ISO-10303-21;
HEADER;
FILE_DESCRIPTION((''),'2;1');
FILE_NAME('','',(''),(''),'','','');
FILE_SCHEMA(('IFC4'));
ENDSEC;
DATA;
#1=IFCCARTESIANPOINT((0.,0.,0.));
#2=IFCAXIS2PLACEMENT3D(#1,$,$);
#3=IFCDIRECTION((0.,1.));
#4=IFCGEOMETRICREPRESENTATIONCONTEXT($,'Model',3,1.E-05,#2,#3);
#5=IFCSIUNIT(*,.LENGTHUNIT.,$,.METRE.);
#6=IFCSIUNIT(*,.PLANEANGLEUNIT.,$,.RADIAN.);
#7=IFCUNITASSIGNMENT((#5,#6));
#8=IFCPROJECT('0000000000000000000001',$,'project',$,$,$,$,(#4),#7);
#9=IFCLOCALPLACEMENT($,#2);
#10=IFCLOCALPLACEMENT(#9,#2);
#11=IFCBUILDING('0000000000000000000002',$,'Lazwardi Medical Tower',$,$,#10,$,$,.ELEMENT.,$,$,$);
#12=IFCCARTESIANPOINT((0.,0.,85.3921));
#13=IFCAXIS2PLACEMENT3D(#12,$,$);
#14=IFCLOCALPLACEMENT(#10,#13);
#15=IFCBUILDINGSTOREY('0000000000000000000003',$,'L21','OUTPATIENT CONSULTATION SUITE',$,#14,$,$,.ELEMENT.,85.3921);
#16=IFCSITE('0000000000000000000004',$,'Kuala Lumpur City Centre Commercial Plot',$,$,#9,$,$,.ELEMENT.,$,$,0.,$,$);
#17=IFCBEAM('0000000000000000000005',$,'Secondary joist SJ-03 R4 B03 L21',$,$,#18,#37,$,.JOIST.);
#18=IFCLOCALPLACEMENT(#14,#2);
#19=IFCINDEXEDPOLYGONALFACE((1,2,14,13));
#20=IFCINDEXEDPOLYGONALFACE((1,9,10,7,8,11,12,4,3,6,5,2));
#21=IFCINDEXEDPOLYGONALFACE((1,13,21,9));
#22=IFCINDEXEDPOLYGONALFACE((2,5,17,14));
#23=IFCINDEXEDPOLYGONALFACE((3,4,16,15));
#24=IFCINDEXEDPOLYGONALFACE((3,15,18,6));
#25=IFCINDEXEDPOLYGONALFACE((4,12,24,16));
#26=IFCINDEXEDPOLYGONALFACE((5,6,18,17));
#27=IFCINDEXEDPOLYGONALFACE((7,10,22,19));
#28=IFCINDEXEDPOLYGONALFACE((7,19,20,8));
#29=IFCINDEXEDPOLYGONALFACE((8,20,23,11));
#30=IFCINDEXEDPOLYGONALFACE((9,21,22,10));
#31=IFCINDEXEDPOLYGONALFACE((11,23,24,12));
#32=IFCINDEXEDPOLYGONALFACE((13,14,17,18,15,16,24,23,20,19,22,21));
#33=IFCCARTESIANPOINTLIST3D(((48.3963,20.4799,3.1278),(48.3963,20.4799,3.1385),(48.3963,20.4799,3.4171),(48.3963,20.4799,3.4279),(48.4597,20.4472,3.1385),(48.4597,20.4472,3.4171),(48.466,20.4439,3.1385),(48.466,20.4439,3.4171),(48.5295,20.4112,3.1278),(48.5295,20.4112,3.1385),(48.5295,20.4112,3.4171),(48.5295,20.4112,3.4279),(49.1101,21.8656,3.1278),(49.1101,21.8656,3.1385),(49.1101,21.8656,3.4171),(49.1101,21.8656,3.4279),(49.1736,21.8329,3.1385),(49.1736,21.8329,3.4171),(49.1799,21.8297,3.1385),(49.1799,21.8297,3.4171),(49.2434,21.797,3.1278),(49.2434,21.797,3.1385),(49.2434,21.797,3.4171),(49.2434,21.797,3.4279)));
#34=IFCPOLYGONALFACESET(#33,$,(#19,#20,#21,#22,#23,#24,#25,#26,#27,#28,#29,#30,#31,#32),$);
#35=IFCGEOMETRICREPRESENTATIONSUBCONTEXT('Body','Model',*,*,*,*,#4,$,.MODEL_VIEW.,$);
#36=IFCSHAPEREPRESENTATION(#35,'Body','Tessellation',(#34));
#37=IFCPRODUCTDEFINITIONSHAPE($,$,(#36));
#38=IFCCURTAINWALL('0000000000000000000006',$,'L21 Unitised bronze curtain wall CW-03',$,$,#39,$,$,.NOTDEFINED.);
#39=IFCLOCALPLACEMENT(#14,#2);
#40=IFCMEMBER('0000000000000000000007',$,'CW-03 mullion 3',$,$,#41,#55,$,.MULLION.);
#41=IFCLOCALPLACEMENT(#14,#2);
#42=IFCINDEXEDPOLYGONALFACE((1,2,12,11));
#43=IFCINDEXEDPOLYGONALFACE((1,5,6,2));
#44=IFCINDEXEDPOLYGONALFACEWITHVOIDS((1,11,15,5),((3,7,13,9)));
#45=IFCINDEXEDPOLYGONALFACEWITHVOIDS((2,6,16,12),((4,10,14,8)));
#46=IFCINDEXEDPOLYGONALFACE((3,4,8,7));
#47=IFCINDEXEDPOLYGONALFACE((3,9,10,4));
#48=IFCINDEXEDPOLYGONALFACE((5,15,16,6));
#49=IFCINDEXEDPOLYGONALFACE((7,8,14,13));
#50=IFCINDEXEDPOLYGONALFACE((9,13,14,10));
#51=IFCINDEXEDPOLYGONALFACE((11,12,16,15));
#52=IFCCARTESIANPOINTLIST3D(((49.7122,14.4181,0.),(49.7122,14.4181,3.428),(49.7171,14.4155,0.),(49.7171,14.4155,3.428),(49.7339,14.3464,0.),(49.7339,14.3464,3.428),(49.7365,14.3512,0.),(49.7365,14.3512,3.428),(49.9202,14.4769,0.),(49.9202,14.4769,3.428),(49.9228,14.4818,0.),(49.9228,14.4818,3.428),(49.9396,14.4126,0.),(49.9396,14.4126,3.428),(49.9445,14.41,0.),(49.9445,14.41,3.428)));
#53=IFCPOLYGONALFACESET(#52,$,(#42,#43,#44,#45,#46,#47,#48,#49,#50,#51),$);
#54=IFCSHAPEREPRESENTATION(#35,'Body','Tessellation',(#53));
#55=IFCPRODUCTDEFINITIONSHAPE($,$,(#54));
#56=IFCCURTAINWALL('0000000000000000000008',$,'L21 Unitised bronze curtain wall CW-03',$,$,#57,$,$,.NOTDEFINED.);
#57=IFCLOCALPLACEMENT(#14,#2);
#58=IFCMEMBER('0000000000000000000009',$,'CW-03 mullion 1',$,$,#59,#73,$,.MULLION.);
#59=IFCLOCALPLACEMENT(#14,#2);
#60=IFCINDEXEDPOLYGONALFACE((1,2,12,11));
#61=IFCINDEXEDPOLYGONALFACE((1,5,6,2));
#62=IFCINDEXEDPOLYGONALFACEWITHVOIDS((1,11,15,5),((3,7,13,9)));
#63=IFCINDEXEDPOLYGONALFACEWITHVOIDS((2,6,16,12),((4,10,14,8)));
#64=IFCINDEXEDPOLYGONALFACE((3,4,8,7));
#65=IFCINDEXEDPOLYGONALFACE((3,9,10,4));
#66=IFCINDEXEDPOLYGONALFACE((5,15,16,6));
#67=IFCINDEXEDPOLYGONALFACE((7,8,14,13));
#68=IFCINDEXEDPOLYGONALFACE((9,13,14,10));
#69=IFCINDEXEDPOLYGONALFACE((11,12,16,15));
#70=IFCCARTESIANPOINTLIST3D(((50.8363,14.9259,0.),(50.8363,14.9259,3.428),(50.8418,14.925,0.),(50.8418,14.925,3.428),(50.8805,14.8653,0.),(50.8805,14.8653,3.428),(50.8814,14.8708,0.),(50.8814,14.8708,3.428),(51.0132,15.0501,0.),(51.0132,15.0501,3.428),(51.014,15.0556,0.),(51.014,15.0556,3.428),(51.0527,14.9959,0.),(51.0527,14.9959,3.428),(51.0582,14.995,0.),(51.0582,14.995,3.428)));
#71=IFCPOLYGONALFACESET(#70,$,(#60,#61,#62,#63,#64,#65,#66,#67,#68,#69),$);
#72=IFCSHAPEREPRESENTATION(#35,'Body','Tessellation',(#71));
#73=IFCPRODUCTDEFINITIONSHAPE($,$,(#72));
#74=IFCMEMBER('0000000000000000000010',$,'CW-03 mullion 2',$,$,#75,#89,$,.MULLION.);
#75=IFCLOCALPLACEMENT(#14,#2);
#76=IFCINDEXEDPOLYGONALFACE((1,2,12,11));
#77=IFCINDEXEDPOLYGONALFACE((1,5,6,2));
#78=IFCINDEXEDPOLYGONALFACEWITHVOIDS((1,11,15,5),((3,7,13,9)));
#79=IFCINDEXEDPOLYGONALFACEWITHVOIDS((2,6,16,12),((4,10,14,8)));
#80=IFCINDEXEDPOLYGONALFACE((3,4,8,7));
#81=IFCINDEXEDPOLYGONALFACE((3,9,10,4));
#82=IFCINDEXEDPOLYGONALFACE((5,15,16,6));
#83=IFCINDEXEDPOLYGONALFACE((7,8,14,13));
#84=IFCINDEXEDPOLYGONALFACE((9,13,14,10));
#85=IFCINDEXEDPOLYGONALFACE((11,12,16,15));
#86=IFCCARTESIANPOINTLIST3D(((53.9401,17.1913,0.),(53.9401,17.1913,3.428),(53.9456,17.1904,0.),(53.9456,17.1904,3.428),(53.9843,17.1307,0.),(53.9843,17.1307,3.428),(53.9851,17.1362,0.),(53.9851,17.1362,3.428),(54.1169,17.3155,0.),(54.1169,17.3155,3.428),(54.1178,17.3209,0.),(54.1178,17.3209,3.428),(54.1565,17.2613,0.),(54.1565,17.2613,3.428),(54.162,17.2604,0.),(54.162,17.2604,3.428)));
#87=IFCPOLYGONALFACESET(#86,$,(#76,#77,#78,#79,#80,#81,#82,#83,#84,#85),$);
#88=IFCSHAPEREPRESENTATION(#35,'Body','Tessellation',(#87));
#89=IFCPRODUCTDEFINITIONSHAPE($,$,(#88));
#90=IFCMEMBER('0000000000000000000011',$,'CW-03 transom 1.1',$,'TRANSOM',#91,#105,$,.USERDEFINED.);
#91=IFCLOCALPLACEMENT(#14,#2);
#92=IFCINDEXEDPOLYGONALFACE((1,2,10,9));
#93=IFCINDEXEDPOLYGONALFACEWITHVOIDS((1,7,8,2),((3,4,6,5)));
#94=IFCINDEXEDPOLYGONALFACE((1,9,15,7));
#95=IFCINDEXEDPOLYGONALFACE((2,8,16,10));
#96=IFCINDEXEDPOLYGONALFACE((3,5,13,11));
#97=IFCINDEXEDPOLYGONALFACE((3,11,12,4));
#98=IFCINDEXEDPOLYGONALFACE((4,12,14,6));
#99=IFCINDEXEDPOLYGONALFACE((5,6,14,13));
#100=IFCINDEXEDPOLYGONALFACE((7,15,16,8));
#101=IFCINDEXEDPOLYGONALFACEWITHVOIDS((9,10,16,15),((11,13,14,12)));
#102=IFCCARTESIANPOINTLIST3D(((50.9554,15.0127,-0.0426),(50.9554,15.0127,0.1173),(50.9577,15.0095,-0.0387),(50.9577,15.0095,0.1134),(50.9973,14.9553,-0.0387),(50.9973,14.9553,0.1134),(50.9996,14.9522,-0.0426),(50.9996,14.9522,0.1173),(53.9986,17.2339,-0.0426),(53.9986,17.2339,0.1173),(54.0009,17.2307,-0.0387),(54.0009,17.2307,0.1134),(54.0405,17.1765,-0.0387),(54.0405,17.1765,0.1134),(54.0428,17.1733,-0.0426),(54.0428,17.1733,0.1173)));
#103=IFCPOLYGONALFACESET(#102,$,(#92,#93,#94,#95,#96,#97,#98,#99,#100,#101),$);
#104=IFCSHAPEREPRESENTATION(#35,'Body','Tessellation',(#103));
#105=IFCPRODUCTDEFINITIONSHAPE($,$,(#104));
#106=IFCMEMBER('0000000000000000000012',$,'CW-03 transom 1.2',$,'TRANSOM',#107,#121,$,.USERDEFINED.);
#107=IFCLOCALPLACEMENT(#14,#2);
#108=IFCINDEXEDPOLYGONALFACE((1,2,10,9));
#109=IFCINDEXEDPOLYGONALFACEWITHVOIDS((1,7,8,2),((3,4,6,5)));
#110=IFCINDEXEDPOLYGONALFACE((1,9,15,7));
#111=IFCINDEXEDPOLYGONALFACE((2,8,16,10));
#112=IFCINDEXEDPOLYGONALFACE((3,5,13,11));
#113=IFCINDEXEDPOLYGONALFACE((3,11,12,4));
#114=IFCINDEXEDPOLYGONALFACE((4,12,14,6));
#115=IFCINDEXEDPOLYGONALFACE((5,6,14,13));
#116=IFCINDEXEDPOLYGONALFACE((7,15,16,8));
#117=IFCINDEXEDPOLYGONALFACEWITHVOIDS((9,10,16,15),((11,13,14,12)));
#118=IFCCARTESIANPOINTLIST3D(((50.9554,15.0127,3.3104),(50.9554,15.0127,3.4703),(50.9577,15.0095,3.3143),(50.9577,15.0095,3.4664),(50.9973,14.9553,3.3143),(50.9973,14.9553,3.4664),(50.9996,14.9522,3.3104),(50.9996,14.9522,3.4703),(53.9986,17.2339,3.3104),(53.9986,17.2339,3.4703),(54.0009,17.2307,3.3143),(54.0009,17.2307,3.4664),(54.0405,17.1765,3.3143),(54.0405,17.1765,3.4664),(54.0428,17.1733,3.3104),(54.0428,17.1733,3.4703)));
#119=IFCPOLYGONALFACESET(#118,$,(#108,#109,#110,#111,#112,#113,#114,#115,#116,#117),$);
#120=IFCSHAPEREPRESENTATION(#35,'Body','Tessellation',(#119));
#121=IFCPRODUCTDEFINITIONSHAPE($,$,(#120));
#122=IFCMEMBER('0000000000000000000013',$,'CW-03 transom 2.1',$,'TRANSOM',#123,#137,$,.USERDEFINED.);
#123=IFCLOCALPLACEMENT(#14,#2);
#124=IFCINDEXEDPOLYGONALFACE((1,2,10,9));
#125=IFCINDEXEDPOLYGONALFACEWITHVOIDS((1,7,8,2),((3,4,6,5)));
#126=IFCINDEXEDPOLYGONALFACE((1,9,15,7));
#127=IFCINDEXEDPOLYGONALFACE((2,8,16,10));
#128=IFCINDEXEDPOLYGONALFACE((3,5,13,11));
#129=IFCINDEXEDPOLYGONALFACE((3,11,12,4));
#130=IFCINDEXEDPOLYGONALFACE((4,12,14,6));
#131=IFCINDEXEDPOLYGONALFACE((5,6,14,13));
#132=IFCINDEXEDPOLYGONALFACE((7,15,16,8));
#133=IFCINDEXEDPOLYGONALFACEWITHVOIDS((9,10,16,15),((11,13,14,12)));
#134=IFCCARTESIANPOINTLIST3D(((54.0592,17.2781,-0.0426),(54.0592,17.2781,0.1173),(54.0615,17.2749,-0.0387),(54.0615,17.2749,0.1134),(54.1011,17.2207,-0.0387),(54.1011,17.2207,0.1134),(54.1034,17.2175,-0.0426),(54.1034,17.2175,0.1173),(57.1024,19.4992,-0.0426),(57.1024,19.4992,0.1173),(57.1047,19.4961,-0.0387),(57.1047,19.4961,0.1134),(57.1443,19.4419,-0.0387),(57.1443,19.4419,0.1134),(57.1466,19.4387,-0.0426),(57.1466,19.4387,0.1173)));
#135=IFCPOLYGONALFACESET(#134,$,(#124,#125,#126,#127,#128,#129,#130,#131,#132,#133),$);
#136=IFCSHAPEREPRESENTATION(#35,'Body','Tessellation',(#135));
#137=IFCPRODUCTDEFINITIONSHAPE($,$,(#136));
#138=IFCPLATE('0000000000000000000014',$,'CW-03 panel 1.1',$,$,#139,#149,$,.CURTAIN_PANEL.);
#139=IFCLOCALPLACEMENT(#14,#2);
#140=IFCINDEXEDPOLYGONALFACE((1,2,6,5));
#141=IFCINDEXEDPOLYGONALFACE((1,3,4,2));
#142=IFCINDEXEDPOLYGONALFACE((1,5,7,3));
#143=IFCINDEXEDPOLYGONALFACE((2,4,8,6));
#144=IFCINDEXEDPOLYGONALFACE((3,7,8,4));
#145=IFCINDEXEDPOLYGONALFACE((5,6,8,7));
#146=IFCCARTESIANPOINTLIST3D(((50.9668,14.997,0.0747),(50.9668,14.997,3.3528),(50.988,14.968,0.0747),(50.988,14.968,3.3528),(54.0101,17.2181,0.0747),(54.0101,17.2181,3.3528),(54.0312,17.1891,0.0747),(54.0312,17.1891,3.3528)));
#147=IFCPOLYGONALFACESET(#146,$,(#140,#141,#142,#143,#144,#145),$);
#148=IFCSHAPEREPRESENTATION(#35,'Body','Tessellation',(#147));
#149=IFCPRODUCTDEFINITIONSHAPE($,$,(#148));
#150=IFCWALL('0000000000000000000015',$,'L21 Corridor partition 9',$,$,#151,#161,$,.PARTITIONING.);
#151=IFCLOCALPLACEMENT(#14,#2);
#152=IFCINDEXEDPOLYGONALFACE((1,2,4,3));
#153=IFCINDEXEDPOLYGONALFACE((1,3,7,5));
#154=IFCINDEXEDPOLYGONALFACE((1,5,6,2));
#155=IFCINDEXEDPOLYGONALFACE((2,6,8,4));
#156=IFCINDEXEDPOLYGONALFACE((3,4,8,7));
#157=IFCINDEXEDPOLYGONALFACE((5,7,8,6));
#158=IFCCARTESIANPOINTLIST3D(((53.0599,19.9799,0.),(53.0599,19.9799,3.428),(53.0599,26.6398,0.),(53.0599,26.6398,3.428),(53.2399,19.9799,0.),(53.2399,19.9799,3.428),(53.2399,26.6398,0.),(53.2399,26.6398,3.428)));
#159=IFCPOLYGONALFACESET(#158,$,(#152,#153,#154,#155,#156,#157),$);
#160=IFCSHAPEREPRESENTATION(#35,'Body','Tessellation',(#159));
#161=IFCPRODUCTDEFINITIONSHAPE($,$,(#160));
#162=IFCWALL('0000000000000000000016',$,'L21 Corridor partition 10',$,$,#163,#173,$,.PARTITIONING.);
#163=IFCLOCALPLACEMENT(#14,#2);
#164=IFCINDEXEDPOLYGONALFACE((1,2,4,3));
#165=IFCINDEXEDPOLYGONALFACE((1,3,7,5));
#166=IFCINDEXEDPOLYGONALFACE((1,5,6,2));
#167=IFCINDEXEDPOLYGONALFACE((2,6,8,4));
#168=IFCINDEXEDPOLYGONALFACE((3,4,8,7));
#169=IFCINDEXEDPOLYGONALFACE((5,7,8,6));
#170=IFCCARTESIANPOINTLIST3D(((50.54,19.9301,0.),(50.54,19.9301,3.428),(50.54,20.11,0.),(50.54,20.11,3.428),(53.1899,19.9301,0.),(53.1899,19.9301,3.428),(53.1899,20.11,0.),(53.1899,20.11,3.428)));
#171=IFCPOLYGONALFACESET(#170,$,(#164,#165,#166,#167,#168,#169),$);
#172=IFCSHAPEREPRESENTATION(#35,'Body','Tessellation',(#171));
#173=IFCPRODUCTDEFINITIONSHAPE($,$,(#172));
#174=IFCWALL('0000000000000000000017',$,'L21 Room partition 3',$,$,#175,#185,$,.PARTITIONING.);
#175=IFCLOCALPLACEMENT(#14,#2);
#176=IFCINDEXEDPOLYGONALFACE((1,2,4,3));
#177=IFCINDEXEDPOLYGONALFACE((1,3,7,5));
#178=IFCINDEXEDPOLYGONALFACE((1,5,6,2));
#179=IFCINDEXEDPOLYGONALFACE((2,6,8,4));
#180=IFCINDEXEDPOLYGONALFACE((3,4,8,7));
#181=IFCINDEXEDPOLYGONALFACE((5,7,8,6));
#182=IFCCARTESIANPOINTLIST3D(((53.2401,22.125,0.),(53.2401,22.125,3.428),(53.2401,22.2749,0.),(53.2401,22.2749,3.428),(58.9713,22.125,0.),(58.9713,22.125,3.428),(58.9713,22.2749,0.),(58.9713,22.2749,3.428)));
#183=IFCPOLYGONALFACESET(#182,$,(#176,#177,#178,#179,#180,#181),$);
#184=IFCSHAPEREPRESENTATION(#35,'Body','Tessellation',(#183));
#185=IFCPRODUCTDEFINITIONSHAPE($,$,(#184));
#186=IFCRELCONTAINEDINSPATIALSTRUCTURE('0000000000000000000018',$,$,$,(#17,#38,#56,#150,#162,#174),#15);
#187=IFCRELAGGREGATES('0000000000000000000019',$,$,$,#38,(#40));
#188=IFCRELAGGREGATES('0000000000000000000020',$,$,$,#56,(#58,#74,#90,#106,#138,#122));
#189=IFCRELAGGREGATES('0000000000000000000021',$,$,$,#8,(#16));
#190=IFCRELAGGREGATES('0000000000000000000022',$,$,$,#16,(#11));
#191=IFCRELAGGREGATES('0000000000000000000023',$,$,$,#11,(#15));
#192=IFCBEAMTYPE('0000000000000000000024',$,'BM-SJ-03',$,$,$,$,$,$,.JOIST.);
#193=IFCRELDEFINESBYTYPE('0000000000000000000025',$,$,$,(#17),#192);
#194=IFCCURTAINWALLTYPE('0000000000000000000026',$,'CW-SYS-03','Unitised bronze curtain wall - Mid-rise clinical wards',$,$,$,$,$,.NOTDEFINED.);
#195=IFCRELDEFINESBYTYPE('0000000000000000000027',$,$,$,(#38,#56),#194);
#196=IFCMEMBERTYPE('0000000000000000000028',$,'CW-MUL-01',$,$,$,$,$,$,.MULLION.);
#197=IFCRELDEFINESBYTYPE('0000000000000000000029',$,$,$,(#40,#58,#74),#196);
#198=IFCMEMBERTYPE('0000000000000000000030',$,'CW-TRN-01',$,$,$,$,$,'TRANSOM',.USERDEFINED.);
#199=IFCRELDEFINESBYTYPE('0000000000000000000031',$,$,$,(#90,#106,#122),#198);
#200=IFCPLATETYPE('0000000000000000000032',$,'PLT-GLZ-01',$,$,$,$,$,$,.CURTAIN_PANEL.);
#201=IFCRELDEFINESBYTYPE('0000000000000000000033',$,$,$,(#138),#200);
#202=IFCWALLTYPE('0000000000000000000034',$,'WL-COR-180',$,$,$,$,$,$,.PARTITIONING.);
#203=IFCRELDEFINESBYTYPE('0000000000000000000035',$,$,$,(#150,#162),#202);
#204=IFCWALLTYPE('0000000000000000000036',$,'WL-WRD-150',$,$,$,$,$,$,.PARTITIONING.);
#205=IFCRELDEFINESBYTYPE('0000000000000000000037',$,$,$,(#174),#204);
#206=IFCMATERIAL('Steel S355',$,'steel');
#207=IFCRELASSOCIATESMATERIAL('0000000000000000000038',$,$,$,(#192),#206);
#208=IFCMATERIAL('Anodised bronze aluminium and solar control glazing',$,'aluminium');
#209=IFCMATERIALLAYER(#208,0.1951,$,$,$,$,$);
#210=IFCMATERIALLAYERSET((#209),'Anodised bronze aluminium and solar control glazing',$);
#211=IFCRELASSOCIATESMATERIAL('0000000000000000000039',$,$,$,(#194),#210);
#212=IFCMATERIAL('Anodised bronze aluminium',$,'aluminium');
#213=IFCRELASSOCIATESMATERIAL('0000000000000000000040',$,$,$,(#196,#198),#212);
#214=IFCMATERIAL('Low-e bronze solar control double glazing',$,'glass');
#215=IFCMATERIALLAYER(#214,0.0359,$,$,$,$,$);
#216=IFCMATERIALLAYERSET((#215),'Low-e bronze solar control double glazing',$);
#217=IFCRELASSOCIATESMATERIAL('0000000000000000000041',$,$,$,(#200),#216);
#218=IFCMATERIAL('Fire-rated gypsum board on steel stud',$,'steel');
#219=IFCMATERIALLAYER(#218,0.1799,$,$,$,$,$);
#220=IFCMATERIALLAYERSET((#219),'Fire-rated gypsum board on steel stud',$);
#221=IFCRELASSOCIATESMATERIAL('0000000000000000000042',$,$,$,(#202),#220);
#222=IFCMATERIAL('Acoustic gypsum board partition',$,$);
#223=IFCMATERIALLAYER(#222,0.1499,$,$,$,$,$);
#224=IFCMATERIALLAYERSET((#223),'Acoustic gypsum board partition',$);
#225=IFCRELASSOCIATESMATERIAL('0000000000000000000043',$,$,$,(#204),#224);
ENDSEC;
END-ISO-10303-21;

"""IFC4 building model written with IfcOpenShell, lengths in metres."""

from ifc_helpers import new_model, si_unit, direction, frame, frame_2d, origin, origin_2d, place, context, subcontext, project, spatial, rectangle, hollow_rectangle, i_section, extrude, material, layer, layer_set, material_profile, profile_set, type_object, element, aggregate, save


model = new_model("IFC4")

# Units and contexts
model_context = context("Model", 3, precision=1e-05, world=origin(), true_north=direction((0.0, 1.0)))
body_context = subcontext(model_context, "Body", "Model", "MODEL_VIEW")
ifc_project = project(units=[si_unit("LENGTHUNIT", "METRE"), si_unit("PLANEANGLEUNIT", "RADIAN")], contexts=[model_context])

# Site, building, storey
site_placement = place(None, origin())
site = spatial("IfcSite", under=ifc_project, at=site_placement, Name="Kuala Lumpur City Centre Commercial Plot", CompositionType="ELEMENT", RefElevation=0.0)
building_placement = place(site_placement, origin())
building = spatial("IfcBuilding", under=site, at=building_placement, Name="Lazwardi Medical Tower", CompositionType="ELEMENT")
storey_placement = place(building_placement, frame((0.0, 0.0, 85.3921)))
storey = spatial("IfcBuildingStorey", under=building, at=storey_placement, Name="L21", Description="OUTPATIENT CONSULTATION SUITE", CompositionType="ELEMENT", Elevation=85.3921)

# Beam
ifc_material_1 = material(Name="Steel S355", Category="steel")
ifc_material_profile_1 = material_profile(ifc_material_1, i_section(OverallWidth=0.1499, OverallDepth=0.3, WebThickness=0.0071, FlangeThickness=0.0107, at=origin_2d()), Name="IPE 300")
ifc_profile_set_1 = profile_set([ifc_material_profile_1], Name="Steel S355")
beam_type_1 = type_object("IfcBeamType", Name="BM-SJ-03", PredefinedType="JOIST", material=ifc_profile_set_1)
beam_1_placement = place(storey_placement, frame((48.4629, 20.4456, 3.2778), z_axis=(0.457957, 0.888975, 0.0), x_axis=(-0.888975, 0.457957, 0.0)))
element("IfcBeam", 1, at=beam_1_placement, inside=storey, type_object=beam_type_1, Name="Secondary joist SJ-03 R4 B03 L21", PredefinedType="JOIST", context=body_context, shape_type="SweptSolid", body=[
    extrude(i_section(OverallWidth=0.1499, OverallDepth=0.3, WebThickness=0.0071, FlangeThickness=0.0107, at=origin_2d()), origin(), (0.0, 0.0, 1.0), 1.5588),
])

# Curtain wall, member
ifc_material_2 = material(Name="Anodised bronze aluminium and solar control glazing", Category="aluminium")
ifc_layer_1 = layer(ifc_material_2, 0.1951)
ifc_layer_set_1 = layer_set([ifc_layer_1], Name="Anodised bronze aluminium and solar control glazing")
curtain_wall_type = type_object("IfcCurtainWallType", Name="CW-SYS-03", Description="Unitised bronze curtain wall - Mid-rise clinical wards", PredefinedType="NOTDEFINED", material=ifc_layer_set_1)
curtain_wall_1_placement = place(storey_placement, origin())
curtain_wall_1 = element("IfcCurtainWall", 2, at=curtain_wall_1_placement, inside=storey, type_object=curtain_wall_type, Name="L21 Unitised bronze curtain wall CW-03", PredefinedType="NOTDEFINED")
ifc_material_3 = material(Name="Anodised bronze aluminium", Category="aluminium")
ifc_material_profile_2 = material_profile(ifc_material_3, hollow_rectangle(XDim=0.075, YDim=0.22, WallThickness=0.0039, at=origin_2d()), Name="ALU-MULLION 220x75x4")
ifc_profile_set_2 = profile_set([ifc_material_profile_2], Name="Anodised bronze aluminium")
member_type_1 = type_object("IfcMemberType", Name="CW-MUL-01", PredefinedType="MULLION", material=ifc_profile_set_2)
member_1_placement = place(storey_placement, frame((49.8284, 14.4141, 0.0), z_axis=(0.0, 0.0, 1.0), x_axis=(-0.289374, 0.957216, 0.0)))
member_1 = element("IfcMember", 3, at=member_1_placement, type_object=member_type_1, Name="CW-03 mullion 3", PredefinedType="MULLION", context=body_context, shape_type="SweptSolid", body=[
    extrude(hollow_rectangle(XDim=0.075, YDim=0.22, WallThickness=0.0039, at=origin_2d()), origin(), (0.0, 0.0, 1.0), 3.428),
])
aggregate(curtain_wall_1, [member_1])

# Curtain wall, members, plate
curtain_wall_2_placement = place(storey_placement, origin())
curtain_wall_2 = element("IfcCurtainWall", 4, at=curtain_wall_2_placement, inside=storey, type_object=curtain_wall_type, Name="L21 Unitised bronze curtain wall CW-03", PredefinedType="NOTDEFINED")
member_2_placement = place(storey_placement, frame((50.9473, 14.9604, 0.0), z_axis=(0.0, 0.0, 1.0), x_axis=(-0.589531, 0.807746, 0.0)))
member_2 = element("IfcMember", 5, at=member_2_placement, type_object=member_type_1, Name="CW-03 mullion 1", PredefinedType="MULLION", context=body_context, shape_type="SweptSolid", body=[
    extrude(hollow_rectangle(XDim=0.075, YDim=0.22, WallThickness=0.0039, at=origin_2d()), origin(), (0.0, 0.0, 1.0), 3.428),
])
member_3_placement = place(storey_placement, frame((54.051, 17.2258, 0.0), z_axis=(0.0, 0.0, 1.0), x_axis=(-0.589531, 0.807746, 0.0)))
member_3 = element("IfcMember", 6, at=member_3_placement, type_object=member_type_1, Name="CW-03 mullion 2", PredefinedType="MULLION", context=body_context, shape_type="SweptSolid", body=[
    extrude(hollow_rectangle(XDim=0.075, YDim=0.22, WallThickness=0.0039, at=origin_2d()), origin(), (0.0, 0.0, 1.0), 3.428),
])
ifc_material_profile_3 = material_profile(ifc_material_3, hollow_rectangle(XDim=0.075, YDim=0.1599, WallThickness=0.0039, at=origin_2d()), Name="ALU-TRANSOM 160x75x4")
ifc_profile_set_3 = profile_set([ifc_material_profile_3], Name="Anodised bronze aluminium")
member_type_2 = type_object("IfcMemberType", Name="CW-TRN-01", ElementType="TRANSOM", PredefinedType="USERDEFINED", material=ifc_profile_set_3)
member_4_placement = place(storey_placement, frame((50.9775, 14.9824, 0.0374), z_axis=(0.807732, 0.58955, 0.0), x_axis=(-0.58955, 0.807732, 0.0)))
member_4 = element("IfcMember", 7, at=member_4_placement, type_object=member_type_2, Name="CW-03 transom 1.1", ObjectType="TRANSOM", PredefinedType="USERDEFINED", context=body_context, shape_type="SweptSolid", body=[
    extrude(hollow_rectangle(XDim=0.075, YDim=0.1599, WallThickness=0.0039, at=origin_2d()), origin(), (0.0, 0.0, 1.0), 3.7676),
])
member_5_placement = place(storey_placement, frame((50.9775, 14.9824, 3.3904), z_axis=(0.807732, 0.58955, 0.0), x_axis=(-0.58955, 0.807732, 0.0)))
member_5 = element("IfcMember", 8, at=member_5_placement, type_object=member_type_2, Name="CW-03 transom 1.2", ObjectType="TRANSOM", PredefinedType="USERDEFINED", context=body_context, shape_type="SweptSolid", body=[
    extrude(hollow_rectangle(XDim=0.075, YDim=0.1599, WallThickness=0.0039, at=origin_2d()), origin(), (0.0, 0.0, 1.0), 3.7676),
])
member_6_placement = place(storey_placement, frame((54.0813, 17.2478, 0.0374), z_axis=(0.807732, 0.58955, 0.0), x_axis=(-0.58955, 0.807732, 0.0)))
member_6 = element("IfcMember", 9, at=member_6_placement, type_object=member_type_2, Name="CW-03 transom 2.1", ObjectType="TRANSOM", PredefinedType="USERDEFINED", context=body_context, shape_type="SweptSolid", body=[
    extrude(hollow_rectangle(XDim=0.075, YDim=0.1599, WallThickness=0.0039, at=origin_2d()), origin(), (0.0, 0.0, 1.0), 3.7676),
])
ifc_material_4 = material(Name="Low-e bronze solar control double glazing", Category="glass")
ifc_layer_2 = layer(ifc_material_4, 0.0359)
ifc_layer_set_2 = layer_set([ifc_layer_2], Name="Low-e bronze solar control double glazing")
plate_type = type_object("IfcPlateType", Name="PLT-GLZ-01", PredefinedType="CURTAIN_PANEL", material=ifc_layer_set_2)
plate_placement = place(storey_placement, frame((52.499, 16.093, 0.0747), z_axis=(0.0, 0.0, 1.0), x_axis=(0.807746, 0.589531, 0.0)))
plate = element("IfcPlate", 10, at=plate_placement, type_object=plate_type, Name="CW-03 panel 1.1", PredefinedType="CURTAIN_PANEL", context=body_context, shape_type="SweptSolid", body=[
    extrude(rectangle(XDim=3.7676, YDim=0.0359, at=origin_2d()), origin(), (0.0, 0.0, 1.0), 3.2781),
])
aggregate(curtain_wall_2, [member_2, member_3, member_4, member_5, plate, member_6])

# Walls
ifc_material_5 = material(Name="Fire-rated gypsum board on steel stud", Category="steel")
ifc_layer_3 = layer(ifc_material_5, 0.1799)
ifc_layer_set_3 = layer_set([ifc_layer_3], Name="Fire-rated gypsum board on steel stud")
wall_type_1 = type_object("IfcWallType", Name="WL-COR-180", PredefinedType="PARTITIONING", material=ifc_layer_set_3)
wall_1_placement = place(storey_placement, frame((53.1499, 26.6399, 0.0), z_axis=(0.0, 0.0, 1.0), x_axis=(0.0, -1.0, 0.0)))
element("IfcWall", 11, at=wall_1_placement, inside=storey, type_object=wall_type_1, Name="L21 Corridor partition 9", PredefinedType="PARTITIONING", context=body_context, shape_type="SweptSolid", body=[
    extrude(rectangle(XDim=6.6599, YDim=0.1799, at=frame_2d((3.3301, 0.0))), origin(), (0.0, 0.0, 1.0), 3.428),
])
wall_2_placement = place(storey_placement, frame((53.1899, 20.02, 0.0), z_axis=(0.0, 0.0, 1.0), x_axis=(-1.0, 0.0, 0.0)))
element("IfcWall", 12, at=wall_2_placement, inside=storey, type_object=wall_type_1, Name="L21 Corridor partition 10", PredefinedType="PARTITIONING", context=body_context, shape_type="SweptSolid", body=[
    extrude(rectangle(XDim=2.6499, YDim=0.1799, at=frame_2d((1.325, 0.0))), origin(), (0.0, 0.0, 1.0), 3.428),
])
ifc_material_6 = material(Name="Acoustic gypsum board partition")
ifc_layer_4 = layer(ifc_material_6, 0.1499)
ifc_layer_set_4 = layer_set([ifc_layer_4], Name="Acoustic gypsum board partition")
wall_type_2 = type_object("IfcWallType", Name="WL-WRD-150", PredefinedType="PARTITIONING", material=ifc_layer_set_4)
wall_3_placement = place(storey_placement, frame((53.24, 22.2, 0.0), z_axis=(0.0, 0.0, 1.0), x_axis=(1.0, 0.0, 0.0)))
element("IfcWall", 13, at=wall_3_placement, inside=storey, type_object=wall_type_2, Name="L21 Room partition 3", PredefinedType="PARTITIONING", context=body_context, shape_type="SweptSolid", body=[
    extrude(rectangle(XDim=5.7312, YDim=0.1499, at=frame_2d((2.8657, 0.0))), origin(), (0.0, 0.0, 1.0), 3.428),
])

save(model, "model.ifc")
